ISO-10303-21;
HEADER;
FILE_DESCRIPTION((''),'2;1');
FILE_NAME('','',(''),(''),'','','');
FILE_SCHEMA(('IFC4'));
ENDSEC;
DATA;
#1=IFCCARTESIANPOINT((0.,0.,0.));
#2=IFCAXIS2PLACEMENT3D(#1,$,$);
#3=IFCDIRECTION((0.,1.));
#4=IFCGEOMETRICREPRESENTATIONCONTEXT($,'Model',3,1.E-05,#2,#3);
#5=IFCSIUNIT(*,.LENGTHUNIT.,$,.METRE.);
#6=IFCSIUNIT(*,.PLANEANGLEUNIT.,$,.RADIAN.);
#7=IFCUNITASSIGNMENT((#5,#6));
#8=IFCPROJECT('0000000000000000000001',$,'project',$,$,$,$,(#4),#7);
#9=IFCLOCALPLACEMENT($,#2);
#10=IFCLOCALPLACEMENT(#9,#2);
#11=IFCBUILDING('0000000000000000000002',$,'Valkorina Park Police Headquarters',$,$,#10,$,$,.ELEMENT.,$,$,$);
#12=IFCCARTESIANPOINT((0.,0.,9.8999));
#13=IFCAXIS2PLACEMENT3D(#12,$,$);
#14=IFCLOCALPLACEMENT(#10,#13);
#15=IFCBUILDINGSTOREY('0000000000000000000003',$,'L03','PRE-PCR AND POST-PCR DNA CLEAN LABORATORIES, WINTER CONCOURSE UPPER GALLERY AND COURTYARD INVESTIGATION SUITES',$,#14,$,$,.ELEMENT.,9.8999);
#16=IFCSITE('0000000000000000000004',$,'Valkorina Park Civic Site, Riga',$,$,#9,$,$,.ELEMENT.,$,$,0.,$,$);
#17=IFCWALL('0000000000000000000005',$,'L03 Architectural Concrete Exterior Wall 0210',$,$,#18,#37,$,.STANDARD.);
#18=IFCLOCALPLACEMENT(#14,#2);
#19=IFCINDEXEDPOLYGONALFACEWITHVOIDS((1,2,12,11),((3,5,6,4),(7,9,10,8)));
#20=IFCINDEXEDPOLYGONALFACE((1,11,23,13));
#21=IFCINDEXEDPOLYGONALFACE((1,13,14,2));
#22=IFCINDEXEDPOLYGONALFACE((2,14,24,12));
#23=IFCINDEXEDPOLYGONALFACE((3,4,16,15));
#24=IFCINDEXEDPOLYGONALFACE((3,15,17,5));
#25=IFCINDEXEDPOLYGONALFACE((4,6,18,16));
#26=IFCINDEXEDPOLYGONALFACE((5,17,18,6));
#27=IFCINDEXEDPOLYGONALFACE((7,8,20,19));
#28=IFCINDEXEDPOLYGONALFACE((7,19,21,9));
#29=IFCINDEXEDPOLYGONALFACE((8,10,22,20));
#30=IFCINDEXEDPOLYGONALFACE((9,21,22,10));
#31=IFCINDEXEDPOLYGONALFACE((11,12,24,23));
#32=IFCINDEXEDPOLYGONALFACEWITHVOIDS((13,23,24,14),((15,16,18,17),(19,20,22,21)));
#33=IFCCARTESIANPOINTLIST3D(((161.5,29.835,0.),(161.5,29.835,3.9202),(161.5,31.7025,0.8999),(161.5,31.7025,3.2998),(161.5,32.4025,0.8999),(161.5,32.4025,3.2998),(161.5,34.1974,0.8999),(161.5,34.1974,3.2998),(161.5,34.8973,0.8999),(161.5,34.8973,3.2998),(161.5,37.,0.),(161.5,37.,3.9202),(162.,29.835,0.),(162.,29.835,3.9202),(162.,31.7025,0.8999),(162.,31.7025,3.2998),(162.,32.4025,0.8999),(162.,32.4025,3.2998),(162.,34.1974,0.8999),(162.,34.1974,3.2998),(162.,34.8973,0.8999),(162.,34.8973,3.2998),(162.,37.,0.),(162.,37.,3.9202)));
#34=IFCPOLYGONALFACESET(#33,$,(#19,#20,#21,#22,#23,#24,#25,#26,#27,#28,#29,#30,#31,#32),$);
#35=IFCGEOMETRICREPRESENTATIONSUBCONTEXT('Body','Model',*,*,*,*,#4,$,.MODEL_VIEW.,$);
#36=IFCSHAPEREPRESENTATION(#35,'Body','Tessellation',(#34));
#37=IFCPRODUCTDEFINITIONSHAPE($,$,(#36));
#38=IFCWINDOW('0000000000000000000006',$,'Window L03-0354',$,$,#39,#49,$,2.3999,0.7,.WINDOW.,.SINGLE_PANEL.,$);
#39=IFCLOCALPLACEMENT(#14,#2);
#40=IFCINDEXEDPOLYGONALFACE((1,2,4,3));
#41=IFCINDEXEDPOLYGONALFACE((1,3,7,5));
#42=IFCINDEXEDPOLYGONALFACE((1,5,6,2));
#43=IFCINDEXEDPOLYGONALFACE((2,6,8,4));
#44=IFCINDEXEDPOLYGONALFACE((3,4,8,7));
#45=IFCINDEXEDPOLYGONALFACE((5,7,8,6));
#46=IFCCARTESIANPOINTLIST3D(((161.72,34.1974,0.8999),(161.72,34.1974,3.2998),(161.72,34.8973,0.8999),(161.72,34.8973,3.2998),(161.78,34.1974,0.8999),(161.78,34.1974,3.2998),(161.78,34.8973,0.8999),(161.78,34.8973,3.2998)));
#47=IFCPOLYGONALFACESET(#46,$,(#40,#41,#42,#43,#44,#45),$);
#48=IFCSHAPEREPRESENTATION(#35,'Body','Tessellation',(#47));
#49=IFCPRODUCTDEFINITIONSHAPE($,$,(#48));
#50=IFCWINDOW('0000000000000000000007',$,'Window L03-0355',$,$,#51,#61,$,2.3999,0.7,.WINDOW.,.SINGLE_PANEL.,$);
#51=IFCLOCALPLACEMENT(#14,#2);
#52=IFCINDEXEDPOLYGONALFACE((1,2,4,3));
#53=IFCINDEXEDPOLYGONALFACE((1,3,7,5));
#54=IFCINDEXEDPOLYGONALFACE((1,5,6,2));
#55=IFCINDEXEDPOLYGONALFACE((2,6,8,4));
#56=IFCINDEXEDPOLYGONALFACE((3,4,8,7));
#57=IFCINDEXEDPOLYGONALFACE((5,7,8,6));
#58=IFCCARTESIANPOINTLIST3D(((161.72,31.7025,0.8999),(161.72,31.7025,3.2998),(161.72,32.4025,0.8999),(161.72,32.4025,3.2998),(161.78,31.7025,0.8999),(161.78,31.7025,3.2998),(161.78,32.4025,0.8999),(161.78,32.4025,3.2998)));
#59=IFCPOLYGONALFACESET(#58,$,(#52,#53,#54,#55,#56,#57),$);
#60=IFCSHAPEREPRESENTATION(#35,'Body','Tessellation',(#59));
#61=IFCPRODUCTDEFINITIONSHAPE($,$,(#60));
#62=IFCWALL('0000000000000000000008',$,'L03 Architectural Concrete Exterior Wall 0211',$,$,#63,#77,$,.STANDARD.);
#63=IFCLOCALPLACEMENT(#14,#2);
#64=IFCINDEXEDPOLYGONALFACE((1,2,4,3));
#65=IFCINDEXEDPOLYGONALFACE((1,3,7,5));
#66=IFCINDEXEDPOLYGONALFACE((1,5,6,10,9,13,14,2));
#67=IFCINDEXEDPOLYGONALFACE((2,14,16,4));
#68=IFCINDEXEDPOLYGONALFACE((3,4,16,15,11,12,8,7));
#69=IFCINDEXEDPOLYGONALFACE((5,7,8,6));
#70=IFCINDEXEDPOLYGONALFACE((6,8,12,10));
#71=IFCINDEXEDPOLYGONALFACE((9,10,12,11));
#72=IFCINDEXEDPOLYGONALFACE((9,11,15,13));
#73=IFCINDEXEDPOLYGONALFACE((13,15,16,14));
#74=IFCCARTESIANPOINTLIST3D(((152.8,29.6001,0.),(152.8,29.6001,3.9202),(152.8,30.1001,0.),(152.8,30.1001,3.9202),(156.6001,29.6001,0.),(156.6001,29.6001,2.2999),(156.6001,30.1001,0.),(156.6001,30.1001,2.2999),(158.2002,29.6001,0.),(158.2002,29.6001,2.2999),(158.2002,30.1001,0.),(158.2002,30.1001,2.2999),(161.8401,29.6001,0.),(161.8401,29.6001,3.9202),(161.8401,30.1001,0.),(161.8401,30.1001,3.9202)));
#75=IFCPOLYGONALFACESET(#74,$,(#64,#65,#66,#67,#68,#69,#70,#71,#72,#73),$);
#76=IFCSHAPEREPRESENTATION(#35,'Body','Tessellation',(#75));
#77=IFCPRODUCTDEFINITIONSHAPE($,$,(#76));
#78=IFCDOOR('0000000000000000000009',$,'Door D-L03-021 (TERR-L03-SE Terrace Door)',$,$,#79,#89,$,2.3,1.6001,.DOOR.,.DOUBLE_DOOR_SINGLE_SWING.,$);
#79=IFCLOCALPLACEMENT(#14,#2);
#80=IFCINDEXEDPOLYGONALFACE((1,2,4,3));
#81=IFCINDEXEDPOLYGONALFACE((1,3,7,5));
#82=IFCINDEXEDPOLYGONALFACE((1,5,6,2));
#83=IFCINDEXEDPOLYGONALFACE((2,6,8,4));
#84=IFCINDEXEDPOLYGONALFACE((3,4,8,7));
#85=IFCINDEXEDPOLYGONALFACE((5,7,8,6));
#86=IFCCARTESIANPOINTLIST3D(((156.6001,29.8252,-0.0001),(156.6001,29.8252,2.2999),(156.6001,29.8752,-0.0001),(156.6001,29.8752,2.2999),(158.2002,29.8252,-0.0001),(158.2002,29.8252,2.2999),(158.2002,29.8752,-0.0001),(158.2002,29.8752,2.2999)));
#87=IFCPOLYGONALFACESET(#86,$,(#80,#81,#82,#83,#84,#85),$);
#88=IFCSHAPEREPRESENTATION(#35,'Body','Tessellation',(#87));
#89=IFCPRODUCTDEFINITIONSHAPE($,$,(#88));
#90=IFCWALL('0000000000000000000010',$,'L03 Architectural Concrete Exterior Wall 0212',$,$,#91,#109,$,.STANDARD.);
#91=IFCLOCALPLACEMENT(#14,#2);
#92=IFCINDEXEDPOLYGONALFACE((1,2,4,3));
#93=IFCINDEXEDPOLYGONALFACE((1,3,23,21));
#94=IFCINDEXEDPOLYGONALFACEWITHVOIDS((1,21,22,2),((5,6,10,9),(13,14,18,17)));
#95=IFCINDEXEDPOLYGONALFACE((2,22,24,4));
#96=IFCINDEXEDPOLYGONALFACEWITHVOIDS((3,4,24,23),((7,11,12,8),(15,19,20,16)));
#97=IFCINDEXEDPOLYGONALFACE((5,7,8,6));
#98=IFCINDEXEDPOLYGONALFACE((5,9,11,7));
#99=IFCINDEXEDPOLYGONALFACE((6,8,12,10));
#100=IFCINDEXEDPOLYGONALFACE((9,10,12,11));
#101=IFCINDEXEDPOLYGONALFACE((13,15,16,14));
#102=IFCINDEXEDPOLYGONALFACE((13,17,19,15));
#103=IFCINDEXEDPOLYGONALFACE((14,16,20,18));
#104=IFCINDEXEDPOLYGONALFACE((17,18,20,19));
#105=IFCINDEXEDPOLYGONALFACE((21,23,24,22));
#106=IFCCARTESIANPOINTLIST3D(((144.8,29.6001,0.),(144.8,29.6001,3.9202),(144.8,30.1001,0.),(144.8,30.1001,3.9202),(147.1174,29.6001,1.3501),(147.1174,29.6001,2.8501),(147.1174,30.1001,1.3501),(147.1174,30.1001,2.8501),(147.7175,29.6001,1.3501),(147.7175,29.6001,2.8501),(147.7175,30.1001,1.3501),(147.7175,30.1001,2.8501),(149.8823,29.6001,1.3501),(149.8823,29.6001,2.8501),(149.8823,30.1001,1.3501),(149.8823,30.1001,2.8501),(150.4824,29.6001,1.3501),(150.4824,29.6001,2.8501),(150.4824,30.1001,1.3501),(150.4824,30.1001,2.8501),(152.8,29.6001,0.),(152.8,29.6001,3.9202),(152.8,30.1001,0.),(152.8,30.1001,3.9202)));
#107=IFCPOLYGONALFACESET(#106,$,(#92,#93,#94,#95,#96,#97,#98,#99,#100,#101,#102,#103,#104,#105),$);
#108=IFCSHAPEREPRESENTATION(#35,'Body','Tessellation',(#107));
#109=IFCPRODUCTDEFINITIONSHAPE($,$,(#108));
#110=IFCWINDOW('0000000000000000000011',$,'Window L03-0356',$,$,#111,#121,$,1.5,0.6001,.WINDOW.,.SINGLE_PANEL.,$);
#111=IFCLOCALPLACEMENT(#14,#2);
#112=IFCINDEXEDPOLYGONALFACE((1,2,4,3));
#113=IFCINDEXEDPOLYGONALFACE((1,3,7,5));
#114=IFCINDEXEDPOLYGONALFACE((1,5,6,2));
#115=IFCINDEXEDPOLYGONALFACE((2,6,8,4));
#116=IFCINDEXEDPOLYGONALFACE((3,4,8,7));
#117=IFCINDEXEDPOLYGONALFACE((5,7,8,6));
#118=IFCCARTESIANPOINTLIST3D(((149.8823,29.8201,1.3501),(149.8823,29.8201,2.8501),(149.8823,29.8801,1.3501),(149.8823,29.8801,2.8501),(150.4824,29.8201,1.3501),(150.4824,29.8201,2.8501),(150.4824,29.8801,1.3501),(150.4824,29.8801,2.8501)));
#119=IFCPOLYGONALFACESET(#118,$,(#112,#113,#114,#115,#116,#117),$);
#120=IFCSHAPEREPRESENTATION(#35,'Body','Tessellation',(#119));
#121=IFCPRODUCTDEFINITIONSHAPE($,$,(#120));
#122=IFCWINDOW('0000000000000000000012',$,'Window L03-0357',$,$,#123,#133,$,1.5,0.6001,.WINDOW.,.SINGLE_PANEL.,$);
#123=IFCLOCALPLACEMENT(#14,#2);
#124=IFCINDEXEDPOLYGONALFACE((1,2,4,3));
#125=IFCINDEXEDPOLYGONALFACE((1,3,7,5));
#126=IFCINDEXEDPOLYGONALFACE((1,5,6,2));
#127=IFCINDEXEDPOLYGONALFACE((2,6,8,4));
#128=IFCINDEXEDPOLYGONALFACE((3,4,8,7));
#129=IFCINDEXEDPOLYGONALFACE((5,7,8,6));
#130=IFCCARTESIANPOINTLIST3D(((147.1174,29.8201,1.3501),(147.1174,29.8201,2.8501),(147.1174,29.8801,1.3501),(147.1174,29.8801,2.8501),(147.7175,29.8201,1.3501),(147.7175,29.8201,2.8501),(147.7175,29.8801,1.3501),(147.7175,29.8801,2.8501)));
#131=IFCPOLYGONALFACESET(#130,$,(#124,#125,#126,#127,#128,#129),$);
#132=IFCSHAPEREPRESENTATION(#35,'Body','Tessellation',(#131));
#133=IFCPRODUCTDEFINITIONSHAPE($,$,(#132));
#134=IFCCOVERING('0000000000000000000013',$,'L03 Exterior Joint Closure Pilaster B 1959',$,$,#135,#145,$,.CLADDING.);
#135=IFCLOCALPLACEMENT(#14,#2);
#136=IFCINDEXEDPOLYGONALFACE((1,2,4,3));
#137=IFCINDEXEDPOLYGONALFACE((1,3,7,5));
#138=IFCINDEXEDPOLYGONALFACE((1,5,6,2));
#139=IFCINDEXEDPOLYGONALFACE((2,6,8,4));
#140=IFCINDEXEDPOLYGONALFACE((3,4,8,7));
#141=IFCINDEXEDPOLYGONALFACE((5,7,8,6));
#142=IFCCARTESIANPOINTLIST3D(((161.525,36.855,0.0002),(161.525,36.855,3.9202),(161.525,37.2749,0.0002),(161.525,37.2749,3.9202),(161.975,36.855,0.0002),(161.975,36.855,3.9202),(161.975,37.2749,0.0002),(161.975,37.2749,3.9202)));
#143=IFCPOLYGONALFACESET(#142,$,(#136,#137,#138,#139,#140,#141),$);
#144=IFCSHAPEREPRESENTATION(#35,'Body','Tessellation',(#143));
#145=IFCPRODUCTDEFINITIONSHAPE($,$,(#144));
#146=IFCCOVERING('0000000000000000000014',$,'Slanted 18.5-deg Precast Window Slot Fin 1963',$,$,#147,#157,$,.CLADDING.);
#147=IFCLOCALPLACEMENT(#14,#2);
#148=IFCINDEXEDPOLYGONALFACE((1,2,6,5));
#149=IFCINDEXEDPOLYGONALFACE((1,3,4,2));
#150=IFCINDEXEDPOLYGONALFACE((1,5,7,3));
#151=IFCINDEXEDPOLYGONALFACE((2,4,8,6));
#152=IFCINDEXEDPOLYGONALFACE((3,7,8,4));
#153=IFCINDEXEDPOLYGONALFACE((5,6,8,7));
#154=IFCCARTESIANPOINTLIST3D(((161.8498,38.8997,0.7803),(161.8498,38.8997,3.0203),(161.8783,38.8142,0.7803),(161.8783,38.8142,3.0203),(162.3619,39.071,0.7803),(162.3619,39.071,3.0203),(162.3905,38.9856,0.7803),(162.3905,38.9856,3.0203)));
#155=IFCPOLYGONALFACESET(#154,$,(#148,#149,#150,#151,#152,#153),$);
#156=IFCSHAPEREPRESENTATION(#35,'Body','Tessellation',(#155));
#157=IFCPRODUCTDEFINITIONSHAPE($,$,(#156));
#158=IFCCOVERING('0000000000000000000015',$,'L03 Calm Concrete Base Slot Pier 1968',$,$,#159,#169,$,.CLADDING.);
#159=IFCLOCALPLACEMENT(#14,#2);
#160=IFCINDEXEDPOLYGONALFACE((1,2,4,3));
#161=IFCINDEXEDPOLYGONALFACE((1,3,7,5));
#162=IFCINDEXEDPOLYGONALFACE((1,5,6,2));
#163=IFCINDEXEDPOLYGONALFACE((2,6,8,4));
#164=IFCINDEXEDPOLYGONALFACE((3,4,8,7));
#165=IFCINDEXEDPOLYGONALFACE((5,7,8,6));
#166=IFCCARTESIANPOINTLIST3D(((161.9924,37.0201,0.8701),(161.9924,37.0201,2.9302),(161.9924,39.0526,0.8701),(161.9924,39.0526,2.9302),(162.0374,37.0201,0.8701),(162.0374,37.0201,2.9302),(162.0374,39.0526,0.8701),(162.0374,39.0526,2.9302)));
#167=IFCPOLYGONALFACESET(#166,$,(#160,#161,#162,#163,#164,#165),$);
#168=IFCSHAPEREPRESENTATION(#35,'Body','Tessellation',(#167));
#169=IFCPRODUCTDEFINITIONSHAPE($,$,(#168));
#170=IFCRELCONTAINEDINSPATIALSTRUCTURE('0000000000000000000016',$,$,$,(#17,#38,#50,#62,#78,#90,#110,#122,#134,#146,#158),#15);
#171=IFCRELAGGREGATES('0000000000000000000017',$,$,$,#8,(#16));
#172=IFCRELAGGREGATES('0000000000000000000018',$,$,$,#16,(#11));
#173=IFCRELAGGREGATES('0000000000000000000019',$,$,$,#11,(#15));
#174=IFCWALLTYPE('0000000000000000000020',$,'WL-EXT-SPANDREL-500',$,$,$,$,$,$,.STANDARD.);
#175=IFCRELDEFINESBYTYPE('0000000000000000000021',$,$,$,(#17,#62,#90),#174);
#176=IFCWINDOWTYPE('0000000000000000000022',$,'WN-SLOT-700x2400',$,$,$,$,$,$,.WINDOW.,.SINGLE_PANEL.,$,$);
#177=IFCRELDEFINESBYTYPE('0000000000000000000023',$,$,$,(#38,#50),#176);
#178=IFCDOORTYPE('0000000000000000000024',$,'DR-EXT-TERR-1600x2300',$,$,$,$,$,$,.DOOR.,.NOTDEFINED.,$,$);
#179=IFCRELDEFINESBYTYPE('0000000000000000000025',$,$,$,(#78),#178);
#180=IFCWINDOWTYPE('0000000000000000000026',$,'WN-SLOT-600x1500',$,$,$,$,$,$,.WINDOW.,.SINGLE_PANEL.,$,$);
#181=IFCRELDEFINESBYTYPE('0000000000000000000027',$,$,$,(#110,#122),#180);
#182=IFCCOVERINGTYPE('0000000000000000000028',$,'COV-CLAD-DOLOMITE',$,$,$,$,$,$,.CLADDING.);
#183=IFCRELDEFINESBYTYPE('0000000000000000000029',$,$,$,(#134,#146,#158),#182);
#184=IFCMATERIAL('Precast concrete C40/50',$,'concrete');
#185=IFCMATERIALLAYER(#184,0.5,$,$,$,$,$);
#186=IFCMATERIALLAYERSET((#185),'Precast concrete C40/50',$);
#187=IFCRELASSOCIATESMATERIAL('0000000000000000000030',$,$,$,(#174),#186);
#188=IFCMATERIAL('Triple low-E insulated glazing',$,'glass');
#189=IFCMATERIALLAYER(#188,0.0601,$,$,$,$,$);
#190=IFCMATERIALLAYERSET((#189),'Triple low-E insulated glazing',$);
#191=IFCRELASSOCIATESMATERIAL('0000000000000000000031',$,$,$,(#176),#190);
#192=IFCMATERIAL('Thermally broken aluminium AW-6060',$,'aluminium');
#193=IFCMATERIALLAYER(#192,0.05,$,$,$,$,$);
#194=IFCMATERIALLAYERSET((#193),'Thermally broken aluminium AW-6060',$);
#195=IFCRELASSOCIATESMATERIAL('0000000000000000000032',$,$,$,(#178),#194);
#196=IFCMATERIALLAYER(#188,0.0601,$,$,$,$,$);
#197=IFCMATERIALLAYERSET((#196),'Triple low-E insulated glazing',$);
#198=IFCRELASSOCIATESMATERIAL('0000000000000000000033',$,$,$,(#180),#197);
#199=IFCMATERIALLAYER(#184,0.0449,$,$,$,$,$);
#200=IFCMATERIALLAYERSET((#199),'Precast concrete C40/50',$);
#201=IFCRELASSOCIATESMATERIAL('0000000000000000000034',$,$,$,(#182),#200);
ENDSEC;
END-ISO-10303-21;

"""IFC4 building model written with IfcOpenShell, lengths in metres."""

from ifc_helpers import new_model, si_unit, direction, frame, frame_2d, origin, origin_2d, place, context, subcontext, project, spatial, rectangle, extrude, material, layer, layer_set, type_object, element, fill, save


model = new_model("IFC4")

# Units and contexts
model_context = context("Model", 3, precision=1e-05, world=origin(), true_north=direction((0.0, 1.0)))
body_context = subcontext(model_context, "Body", "Model", "MODEL_VIEW")
ifc_project = project(units=[si_unit("LENGTHUNIT", "METRE"), si_unit("PLANEANGLEUNIT", "RADIAN")], contexts=[model_context])

# Site, building, storey
site_placement = place(None, origin())
site = spatial("IfcSite", under=ifc_project, at=site_placement, Name="Valkorina Park Civic Site, Riga", CompositionType="ELEMENT", RefElevation=0.0)
building_placement = place(site_placement, origin())
building = spatial("IfcBuilding", under=site, at=building_placement, Name="Valkorina Park Police Headquarters", CompositionType="ELEMENT")
storey_placement = place(building_placement, frame((0.0, 0.0, 9.8999)))
storey = spatial("IfcBuildingStorey", under=building, at=storey_placement, Name="L03", Description="PRE-PCR AND POST-PCR DNA CLEAN LABORATORIES, WINTER CONCOURSE UPPER GALLERY AND COURTYARD INVESTIGATION SUITES", CompositionType="ELEMENT", Elevation=9.8999)

# Wall, openings, windows
ifc_material_1 = material(Name="Precast concrete C40/50", Category="concrete")
ifc_layer_1 = layer(ifc_material_1, 0.5)
ifc_layer_set_1 = layer_set([ifc_layer_1], Name="Precast concrete C40/50")
wall_type = type_object("IfcWallType", Name="WL-EXT-SPANDREL-500", PredefinedType="STANDARD", material=ifc_layer_set_1)
wall_1_placement = place(storey_placement, frame((161.75, 37.0, 0.0), z_axis=(0.0, 0.0, 1.0), x_axis=(0.0, -1.0, 0.0)))
wall_1 = element("IfcWall", 1, at=wall_1_placement, inside=storey, type_object=wall_type, Name="L03 Architectural Concrete Exterior Wall 0210", PredefinedType="STANDARD", context=body_context, shape_type="SweptSolid", body=[
    extrude(rectangle(XDim=7.165, YDim=0.5, at=frame_2d((3.5825, 0.0))), origin(), (0.0, 0.0, 1.0), 3.9202),
])
opening_1_placement = place(wall_1_placement, frame((2.1025, 0.0, 0.8999)))
opening_1 = element("IfcOpeningElement", 2, at=opening_1_placement, cuts=wall_1, PredefinedType="OPENING", context=body_context, shape_type="SweptSolid", body=[
    extrude(rectangle(XDim=0.7, YDim=2.3999, at=frame_2d((0.3501, 1.2))), frame((0.0, 0.26, 0.0), z_axis=(0.0, -1.0, 0.0), x_axis=(1.0, 0.0, 0.0)), (0.0, 0.0, 1.0), 0.52),
])
opening_2_placement = place(wall_1_placement, frame((4.5974, 0.0, 0.8999)))
opening_2 = element("IfcOpeningElement", 3, at=opening_2_placement, cuts=wall_1, PredefinedType="OPENING", context=body_context, shape_type="SweptSolid", body=[
    extrude(rectangle(XDim=0.7, YDim=2.3999, at=frame_2d((0.3501, 1.2))), frame((0.0, 0.26, 0.0), z_axis=(0.0, -1.0, 0.0), x_axis=(1.0, 0.0, 0.0)), (0.0, 0.0, 1.0), 0.52),
])
ifc_material_2 = material(Name="Triple low-E insulated glazing", Category="glass")
ifc_layer_2 = layer(ifc_material_2, 0.0601)
ifc_layer_set_2 = layer_set([ifc_layer_2], Name="Triple low-E insulated glazing")
window_type_1 = type_object("IfcWindowType", Name="WN-SLOT-700x2400", PartitioningType="SINGLE_PANEL", PredefinedType="WINDOW", material=ifc_layer_set_2)
window_1_placement = place(opening_1_placement, origin())
window_1 = element("IfcWindow", 4, at=window_1_placement, inside=storey, type_object=window_type_1, Name="Window L03-0354", OverallHeight=2.3999, OverallWidth=0.7, PartitioningType="SINGLE_PANEL", PredefinedType="WINDOW", context=body_context, shape_type="SweptSolid", body=[
    extrude(rectangle(XDim=0.7, YDim=2.3999, at=frame_2d((0.3501, 1.2))), frame((0.0, 0.03, 0.0), z_axis=(0.0, -1.0, 0.0), x_axis=(1.0, 0.0, 0.0)), (0.0, 0.0, 1.0), 0.0601),
])
fill(opening_1, window_1)
window_2_placement = place(opening_2_placement, origin())
window_2 = element("IfcWindow", 5, at=window_2_placement, inside=storey, type_object=window_type_1, Name="Window L03-0355", OverallHeight=2.3999, OverallWidth=0.7, PartitioningType="SINGLE_PANEL", PredefinedType="WINDOW", context=body_context, shape_type="SweptSolid", body=[
    extrude(rectangle(XDim=0.7, YDim=2.3999, at=frame_2d((0.3501, 1.2))), frame((0.0, 0.03, 0.0), z_axis=(0.0, -1.0, 0.0), x_axis=(1.0, 0.0, 0.0)), (0.0, 0.0, 1.0), 0.0601),
])
fill(opening_2, window_2)

# Wall, opening, door
wall_2_placement = place(storey_placement, frame((161.8401, 29.8501, 0.0), z_axis=(0.0, 0.0, 1.0), x_axis=(-1.0, 0.0, 0.0)))
wall_2 = element("IfcWall", 6, at=wall_2_placement, inside=storey, type_object=wall_type, Name="L03 Architectural Concrete Exterior Wall 0211", PredefinedType="STANDARD", context=body_context, shape_type="SweptSolid", body=[
    extrude(rectangle(XDim=9.04, YDim=0.5, at=frame_2d((4.52, 0.0))), origin(), (0.0, 0.0, 1.0), 3.9202),
])
opening_3_placement = place(wall_2_placement, frame((3.6399, 0.0, 0.0)))
opening_3 = element("IfcOpeningElement", 7, at=opening_3_placement, cuts=wall_2, PredefinedType="OPENING", context=body_context, shape_type="SweptSolid", body=[
    extrude(rectangle(XDim=1.6001, YDim=2.3, at=frame_2d((0.8, 1.1499))), frame((0.0, 0.26, 0.0), z_axis=(0.0, -1.0, 0.0), x_axis=(1.0, 0.0, 0.0)), (0.0, 0.0, 1.0), 0.52),
])
ifc_material_3 = material(Name="Thermally broken aluminium AW-6060", Category="aluminium")
ifc_layer_3 = layer(ifc_material_3, 0.05)
ifc_layer_set_3 = layer_set([ifc_layer_3], Name="Thermally broken aluminium AW-6060")
door_type = type_object("IfcDoorType", Name="DR-EXT-TERR-1600x2300", OperationType="NOTDEFINED", PredefinedType="DOOR", material=ifc_layer_set_3)
door_placement = place(opening_3_placement, origin())
door = element("IfcDoor", 8, at=door_placement, inside=storey, type_object=door_type, Name="Door D-L03-021 (TERR-L03-SE Terrace Door)", OperationType="DOUBLE_DOOR_SINGLE_SWING", OverallHeight=2.3, OverallWidth=1.6001, PredefinedType="DOOR", context=body_context, shape_type="SweptSolid", body=[
    extrude(rectangle(XDim=1.6001, YDim=2.3, at=frame_2d((0.8, 1.1499))), frame((0.0, 0.0249, 0.0), z_axis=(0.0, -1.0, 0.0), x_axis=(1.0, 0.0, 0.0)), (0.0, 0.0, 1.0), 0.05),
])
fill(opening_3, door)

# Wall, openings, windows
wall_3_placement = place(storey_placement, frame((152.8, 29.8501, 0.0), z_axis=(0.0, 0.0, 1.0), x_axis=(-1.0, 0.0, 0.0)))
wall_3 = element("IfcWall", 9, at=wall_3_placement, inside=storey, type_object=wall_type, Name="L03 Architectural Concrete Exterior Wall 0212", PredefinedType="STANDARD", context=body_context, shape_type="SweptSolid", body=[
    extrude(rectangle(XDim=8.0, YDim=0.5, at=frame_2d((4.0, 0.0))), origin(), (0.0, 0.0, 1.0), 3.9202),
])
opening_4_placement = place(wall_3_placement, frame((2.3176, 0.0, 1.3501)))
opening_4 = element("IfcOpeningElement", 10, at=opening_4_placement, cuts=wall_3, PredefinedType="OPENING", context=body_context, shape_type="SweptSolid", body=[
    extrude(rectangle(XDim=0.6001, YDim=1.5, at=frame_2d((0.3, 0.75))), frame((0.0, 0.26, 0.0), z_axis=(0.0, -1.0, 0.0), x_axis=(1.0, 0.0, 0.0)), (0.0, 0.0, 1.0), 0.52),
])
opening_5_placement = place(wall_3_placement, frame((5.0825, 0.0, 1.3501)))
opening_5 = element("IfcOpeningElement", 11, at=opening_5_placement, cuts=wall_3, PredefinedType="OPENING", context=body_context, shape_type="SweptSolid", body=[
    extrude(rectangle(XDim=0.6001, YDim=1.5, at=frame_2d((0.3, 0.75))), frame((0.0, 0.26, 0.0), z_axis=(0.0, -1.0, 0.0), x_axis=(1.0, 0.0, 0.0)), (0.0, 0.0, 1.0), 0.52),
])
ifc_layer_4 = layer(ifc_material_2, 0.0601)
ifc_layer_set_4 = layer_set([ifc_layer_4], Name="Triple low-E insulated glazing")
window_type_2 = type_object("IfcWindowType", Name="WN-SLOT-600x1500", PartitioningType="SINGLE_PANEL", PredefinedType="WINDOW", material=ifc_layer_set_4)
window_3_placement = place(opening_4_placement, origin())
window_3 = element("IfcWindow", 12, at=window_3_placement, inside=storey, type_object=window_type_2, Name="Window L03-0356", OverallHeight=1.5, OverallWidth=0.6001, PartitioningType="SINGLE_PANEL", PredefinedType="WINDOW", context=body_context, shape_type="SweptSolid", body=[
    extrude(rectangle(XDim=0.6001, YDim=1.5, at=frame_2d((0.3, 0.75))), frame((0.0, 0.03, 0.0), z_axis=(0.0, -1.0, 0.0), x_axis=(1.0, 0.0, 0.0)), (0.0, 0.0, 1.0), 0.0601),
])
fill(opening_4, window_3)
window_4_placement = place(opening_5_placement, origin())
window_4 = element("IfcWindow", 13, at=window_4_placement, inside=storey, type_object=window_type_2, Name="Window L03-0357", OverallHeight=1.5, OverallWidth=0.6001, PartitioningType="SINGLE_PANEL", PredefinedType="WINDOW", context=body_context, shape_type="SweptSolid", body=[
    extrude(rectangle(XDim=0.6001, YDim=1.5, at=frame_2d((0.3, 0.75))), frame((0.0, 0.03, 0.0), z_axis=(0.0, -1.0, 0.0), x_axis=(1.0, 0.0, 0.0)), (0.0, 0.0, 1.0), 0.0601),
])
fill(opening_5, window_4)

# Coverings
ifc_layer_5 = layer(ifc_material_1, 0.0449)
ifc_layer_set_5 = layer_set([ifc_layer_5], Name="Precast concrete C40/50")
covering_type = type_object("IfcCoveringType", Name="COV-CLAD-DOLOMITE", PredefinedType="CLADDING", material=ifc_layer_set_5)
covering_1_placement = place(storey_placement, frame((161.75, 37.0649, 0.0002), z_axis=(0.0, 0.0, 1.0), x_axis=(0.0, 1.0, 0.0)))
element("IfcCovering", 14, at=covering_1_placement, inside=storey, type_object=covering_type, Name="L03 Exterior Joint Closure Pilaster B 1959", PredefinedType="CLADDING", context=body_context, shape_type="SweptSolid", body=[
    extrude(rectangle(XDim=0.4199, YDim=0.45, at=origin_2d()), origin(), (0.0, 0.0, 1.0), 3.9199),
])
covering_2_placement = place(storey_placement, frame((162.1201, 38.9426, 0.7803), z_axis=(0.0, 0.0, 1.0), x_axis=(0.948324, 0.317305, 0.0)))
element("IfcCovering", 15, at=covering_2_placement, inside=storey, type_object=covering_type, Name="Slanted 18.5-deg Precast Window Slot Fin 1963", PredefinedType="CLADDING", context=body_context, shape_type="SweptSolid", body=[
    extrude(rectangle(XDim=0.54, YDim=0.0901, at=origin_2d()), origin(), (0.0, 0.0, 1.0), 2.24),
])
covering_3_placement = place(storey_placement, frame((162.0149, 39.0525, 0.8701), z_axis=(0.0, 0.0, 1.0), x_axis=(0.0, -1.0, 0.0)))
element("IfcCovering", 16, at=covering_3_placement, inside=storey, type_object=covering_type, Name="L03 Calm Concrete Base Slot Pier 1968", PredefinedType="CLADDING", context=body_context, shape_type="SweptSolid", body=[
    extrude(rectangle(XDim=2.0325, YDim=0.0449, at=frame_2d((1.0161, 0.0))), origin(), (0.0, 0.0, 1.0), 2.0601),
])

save(model, "model.ifc")
